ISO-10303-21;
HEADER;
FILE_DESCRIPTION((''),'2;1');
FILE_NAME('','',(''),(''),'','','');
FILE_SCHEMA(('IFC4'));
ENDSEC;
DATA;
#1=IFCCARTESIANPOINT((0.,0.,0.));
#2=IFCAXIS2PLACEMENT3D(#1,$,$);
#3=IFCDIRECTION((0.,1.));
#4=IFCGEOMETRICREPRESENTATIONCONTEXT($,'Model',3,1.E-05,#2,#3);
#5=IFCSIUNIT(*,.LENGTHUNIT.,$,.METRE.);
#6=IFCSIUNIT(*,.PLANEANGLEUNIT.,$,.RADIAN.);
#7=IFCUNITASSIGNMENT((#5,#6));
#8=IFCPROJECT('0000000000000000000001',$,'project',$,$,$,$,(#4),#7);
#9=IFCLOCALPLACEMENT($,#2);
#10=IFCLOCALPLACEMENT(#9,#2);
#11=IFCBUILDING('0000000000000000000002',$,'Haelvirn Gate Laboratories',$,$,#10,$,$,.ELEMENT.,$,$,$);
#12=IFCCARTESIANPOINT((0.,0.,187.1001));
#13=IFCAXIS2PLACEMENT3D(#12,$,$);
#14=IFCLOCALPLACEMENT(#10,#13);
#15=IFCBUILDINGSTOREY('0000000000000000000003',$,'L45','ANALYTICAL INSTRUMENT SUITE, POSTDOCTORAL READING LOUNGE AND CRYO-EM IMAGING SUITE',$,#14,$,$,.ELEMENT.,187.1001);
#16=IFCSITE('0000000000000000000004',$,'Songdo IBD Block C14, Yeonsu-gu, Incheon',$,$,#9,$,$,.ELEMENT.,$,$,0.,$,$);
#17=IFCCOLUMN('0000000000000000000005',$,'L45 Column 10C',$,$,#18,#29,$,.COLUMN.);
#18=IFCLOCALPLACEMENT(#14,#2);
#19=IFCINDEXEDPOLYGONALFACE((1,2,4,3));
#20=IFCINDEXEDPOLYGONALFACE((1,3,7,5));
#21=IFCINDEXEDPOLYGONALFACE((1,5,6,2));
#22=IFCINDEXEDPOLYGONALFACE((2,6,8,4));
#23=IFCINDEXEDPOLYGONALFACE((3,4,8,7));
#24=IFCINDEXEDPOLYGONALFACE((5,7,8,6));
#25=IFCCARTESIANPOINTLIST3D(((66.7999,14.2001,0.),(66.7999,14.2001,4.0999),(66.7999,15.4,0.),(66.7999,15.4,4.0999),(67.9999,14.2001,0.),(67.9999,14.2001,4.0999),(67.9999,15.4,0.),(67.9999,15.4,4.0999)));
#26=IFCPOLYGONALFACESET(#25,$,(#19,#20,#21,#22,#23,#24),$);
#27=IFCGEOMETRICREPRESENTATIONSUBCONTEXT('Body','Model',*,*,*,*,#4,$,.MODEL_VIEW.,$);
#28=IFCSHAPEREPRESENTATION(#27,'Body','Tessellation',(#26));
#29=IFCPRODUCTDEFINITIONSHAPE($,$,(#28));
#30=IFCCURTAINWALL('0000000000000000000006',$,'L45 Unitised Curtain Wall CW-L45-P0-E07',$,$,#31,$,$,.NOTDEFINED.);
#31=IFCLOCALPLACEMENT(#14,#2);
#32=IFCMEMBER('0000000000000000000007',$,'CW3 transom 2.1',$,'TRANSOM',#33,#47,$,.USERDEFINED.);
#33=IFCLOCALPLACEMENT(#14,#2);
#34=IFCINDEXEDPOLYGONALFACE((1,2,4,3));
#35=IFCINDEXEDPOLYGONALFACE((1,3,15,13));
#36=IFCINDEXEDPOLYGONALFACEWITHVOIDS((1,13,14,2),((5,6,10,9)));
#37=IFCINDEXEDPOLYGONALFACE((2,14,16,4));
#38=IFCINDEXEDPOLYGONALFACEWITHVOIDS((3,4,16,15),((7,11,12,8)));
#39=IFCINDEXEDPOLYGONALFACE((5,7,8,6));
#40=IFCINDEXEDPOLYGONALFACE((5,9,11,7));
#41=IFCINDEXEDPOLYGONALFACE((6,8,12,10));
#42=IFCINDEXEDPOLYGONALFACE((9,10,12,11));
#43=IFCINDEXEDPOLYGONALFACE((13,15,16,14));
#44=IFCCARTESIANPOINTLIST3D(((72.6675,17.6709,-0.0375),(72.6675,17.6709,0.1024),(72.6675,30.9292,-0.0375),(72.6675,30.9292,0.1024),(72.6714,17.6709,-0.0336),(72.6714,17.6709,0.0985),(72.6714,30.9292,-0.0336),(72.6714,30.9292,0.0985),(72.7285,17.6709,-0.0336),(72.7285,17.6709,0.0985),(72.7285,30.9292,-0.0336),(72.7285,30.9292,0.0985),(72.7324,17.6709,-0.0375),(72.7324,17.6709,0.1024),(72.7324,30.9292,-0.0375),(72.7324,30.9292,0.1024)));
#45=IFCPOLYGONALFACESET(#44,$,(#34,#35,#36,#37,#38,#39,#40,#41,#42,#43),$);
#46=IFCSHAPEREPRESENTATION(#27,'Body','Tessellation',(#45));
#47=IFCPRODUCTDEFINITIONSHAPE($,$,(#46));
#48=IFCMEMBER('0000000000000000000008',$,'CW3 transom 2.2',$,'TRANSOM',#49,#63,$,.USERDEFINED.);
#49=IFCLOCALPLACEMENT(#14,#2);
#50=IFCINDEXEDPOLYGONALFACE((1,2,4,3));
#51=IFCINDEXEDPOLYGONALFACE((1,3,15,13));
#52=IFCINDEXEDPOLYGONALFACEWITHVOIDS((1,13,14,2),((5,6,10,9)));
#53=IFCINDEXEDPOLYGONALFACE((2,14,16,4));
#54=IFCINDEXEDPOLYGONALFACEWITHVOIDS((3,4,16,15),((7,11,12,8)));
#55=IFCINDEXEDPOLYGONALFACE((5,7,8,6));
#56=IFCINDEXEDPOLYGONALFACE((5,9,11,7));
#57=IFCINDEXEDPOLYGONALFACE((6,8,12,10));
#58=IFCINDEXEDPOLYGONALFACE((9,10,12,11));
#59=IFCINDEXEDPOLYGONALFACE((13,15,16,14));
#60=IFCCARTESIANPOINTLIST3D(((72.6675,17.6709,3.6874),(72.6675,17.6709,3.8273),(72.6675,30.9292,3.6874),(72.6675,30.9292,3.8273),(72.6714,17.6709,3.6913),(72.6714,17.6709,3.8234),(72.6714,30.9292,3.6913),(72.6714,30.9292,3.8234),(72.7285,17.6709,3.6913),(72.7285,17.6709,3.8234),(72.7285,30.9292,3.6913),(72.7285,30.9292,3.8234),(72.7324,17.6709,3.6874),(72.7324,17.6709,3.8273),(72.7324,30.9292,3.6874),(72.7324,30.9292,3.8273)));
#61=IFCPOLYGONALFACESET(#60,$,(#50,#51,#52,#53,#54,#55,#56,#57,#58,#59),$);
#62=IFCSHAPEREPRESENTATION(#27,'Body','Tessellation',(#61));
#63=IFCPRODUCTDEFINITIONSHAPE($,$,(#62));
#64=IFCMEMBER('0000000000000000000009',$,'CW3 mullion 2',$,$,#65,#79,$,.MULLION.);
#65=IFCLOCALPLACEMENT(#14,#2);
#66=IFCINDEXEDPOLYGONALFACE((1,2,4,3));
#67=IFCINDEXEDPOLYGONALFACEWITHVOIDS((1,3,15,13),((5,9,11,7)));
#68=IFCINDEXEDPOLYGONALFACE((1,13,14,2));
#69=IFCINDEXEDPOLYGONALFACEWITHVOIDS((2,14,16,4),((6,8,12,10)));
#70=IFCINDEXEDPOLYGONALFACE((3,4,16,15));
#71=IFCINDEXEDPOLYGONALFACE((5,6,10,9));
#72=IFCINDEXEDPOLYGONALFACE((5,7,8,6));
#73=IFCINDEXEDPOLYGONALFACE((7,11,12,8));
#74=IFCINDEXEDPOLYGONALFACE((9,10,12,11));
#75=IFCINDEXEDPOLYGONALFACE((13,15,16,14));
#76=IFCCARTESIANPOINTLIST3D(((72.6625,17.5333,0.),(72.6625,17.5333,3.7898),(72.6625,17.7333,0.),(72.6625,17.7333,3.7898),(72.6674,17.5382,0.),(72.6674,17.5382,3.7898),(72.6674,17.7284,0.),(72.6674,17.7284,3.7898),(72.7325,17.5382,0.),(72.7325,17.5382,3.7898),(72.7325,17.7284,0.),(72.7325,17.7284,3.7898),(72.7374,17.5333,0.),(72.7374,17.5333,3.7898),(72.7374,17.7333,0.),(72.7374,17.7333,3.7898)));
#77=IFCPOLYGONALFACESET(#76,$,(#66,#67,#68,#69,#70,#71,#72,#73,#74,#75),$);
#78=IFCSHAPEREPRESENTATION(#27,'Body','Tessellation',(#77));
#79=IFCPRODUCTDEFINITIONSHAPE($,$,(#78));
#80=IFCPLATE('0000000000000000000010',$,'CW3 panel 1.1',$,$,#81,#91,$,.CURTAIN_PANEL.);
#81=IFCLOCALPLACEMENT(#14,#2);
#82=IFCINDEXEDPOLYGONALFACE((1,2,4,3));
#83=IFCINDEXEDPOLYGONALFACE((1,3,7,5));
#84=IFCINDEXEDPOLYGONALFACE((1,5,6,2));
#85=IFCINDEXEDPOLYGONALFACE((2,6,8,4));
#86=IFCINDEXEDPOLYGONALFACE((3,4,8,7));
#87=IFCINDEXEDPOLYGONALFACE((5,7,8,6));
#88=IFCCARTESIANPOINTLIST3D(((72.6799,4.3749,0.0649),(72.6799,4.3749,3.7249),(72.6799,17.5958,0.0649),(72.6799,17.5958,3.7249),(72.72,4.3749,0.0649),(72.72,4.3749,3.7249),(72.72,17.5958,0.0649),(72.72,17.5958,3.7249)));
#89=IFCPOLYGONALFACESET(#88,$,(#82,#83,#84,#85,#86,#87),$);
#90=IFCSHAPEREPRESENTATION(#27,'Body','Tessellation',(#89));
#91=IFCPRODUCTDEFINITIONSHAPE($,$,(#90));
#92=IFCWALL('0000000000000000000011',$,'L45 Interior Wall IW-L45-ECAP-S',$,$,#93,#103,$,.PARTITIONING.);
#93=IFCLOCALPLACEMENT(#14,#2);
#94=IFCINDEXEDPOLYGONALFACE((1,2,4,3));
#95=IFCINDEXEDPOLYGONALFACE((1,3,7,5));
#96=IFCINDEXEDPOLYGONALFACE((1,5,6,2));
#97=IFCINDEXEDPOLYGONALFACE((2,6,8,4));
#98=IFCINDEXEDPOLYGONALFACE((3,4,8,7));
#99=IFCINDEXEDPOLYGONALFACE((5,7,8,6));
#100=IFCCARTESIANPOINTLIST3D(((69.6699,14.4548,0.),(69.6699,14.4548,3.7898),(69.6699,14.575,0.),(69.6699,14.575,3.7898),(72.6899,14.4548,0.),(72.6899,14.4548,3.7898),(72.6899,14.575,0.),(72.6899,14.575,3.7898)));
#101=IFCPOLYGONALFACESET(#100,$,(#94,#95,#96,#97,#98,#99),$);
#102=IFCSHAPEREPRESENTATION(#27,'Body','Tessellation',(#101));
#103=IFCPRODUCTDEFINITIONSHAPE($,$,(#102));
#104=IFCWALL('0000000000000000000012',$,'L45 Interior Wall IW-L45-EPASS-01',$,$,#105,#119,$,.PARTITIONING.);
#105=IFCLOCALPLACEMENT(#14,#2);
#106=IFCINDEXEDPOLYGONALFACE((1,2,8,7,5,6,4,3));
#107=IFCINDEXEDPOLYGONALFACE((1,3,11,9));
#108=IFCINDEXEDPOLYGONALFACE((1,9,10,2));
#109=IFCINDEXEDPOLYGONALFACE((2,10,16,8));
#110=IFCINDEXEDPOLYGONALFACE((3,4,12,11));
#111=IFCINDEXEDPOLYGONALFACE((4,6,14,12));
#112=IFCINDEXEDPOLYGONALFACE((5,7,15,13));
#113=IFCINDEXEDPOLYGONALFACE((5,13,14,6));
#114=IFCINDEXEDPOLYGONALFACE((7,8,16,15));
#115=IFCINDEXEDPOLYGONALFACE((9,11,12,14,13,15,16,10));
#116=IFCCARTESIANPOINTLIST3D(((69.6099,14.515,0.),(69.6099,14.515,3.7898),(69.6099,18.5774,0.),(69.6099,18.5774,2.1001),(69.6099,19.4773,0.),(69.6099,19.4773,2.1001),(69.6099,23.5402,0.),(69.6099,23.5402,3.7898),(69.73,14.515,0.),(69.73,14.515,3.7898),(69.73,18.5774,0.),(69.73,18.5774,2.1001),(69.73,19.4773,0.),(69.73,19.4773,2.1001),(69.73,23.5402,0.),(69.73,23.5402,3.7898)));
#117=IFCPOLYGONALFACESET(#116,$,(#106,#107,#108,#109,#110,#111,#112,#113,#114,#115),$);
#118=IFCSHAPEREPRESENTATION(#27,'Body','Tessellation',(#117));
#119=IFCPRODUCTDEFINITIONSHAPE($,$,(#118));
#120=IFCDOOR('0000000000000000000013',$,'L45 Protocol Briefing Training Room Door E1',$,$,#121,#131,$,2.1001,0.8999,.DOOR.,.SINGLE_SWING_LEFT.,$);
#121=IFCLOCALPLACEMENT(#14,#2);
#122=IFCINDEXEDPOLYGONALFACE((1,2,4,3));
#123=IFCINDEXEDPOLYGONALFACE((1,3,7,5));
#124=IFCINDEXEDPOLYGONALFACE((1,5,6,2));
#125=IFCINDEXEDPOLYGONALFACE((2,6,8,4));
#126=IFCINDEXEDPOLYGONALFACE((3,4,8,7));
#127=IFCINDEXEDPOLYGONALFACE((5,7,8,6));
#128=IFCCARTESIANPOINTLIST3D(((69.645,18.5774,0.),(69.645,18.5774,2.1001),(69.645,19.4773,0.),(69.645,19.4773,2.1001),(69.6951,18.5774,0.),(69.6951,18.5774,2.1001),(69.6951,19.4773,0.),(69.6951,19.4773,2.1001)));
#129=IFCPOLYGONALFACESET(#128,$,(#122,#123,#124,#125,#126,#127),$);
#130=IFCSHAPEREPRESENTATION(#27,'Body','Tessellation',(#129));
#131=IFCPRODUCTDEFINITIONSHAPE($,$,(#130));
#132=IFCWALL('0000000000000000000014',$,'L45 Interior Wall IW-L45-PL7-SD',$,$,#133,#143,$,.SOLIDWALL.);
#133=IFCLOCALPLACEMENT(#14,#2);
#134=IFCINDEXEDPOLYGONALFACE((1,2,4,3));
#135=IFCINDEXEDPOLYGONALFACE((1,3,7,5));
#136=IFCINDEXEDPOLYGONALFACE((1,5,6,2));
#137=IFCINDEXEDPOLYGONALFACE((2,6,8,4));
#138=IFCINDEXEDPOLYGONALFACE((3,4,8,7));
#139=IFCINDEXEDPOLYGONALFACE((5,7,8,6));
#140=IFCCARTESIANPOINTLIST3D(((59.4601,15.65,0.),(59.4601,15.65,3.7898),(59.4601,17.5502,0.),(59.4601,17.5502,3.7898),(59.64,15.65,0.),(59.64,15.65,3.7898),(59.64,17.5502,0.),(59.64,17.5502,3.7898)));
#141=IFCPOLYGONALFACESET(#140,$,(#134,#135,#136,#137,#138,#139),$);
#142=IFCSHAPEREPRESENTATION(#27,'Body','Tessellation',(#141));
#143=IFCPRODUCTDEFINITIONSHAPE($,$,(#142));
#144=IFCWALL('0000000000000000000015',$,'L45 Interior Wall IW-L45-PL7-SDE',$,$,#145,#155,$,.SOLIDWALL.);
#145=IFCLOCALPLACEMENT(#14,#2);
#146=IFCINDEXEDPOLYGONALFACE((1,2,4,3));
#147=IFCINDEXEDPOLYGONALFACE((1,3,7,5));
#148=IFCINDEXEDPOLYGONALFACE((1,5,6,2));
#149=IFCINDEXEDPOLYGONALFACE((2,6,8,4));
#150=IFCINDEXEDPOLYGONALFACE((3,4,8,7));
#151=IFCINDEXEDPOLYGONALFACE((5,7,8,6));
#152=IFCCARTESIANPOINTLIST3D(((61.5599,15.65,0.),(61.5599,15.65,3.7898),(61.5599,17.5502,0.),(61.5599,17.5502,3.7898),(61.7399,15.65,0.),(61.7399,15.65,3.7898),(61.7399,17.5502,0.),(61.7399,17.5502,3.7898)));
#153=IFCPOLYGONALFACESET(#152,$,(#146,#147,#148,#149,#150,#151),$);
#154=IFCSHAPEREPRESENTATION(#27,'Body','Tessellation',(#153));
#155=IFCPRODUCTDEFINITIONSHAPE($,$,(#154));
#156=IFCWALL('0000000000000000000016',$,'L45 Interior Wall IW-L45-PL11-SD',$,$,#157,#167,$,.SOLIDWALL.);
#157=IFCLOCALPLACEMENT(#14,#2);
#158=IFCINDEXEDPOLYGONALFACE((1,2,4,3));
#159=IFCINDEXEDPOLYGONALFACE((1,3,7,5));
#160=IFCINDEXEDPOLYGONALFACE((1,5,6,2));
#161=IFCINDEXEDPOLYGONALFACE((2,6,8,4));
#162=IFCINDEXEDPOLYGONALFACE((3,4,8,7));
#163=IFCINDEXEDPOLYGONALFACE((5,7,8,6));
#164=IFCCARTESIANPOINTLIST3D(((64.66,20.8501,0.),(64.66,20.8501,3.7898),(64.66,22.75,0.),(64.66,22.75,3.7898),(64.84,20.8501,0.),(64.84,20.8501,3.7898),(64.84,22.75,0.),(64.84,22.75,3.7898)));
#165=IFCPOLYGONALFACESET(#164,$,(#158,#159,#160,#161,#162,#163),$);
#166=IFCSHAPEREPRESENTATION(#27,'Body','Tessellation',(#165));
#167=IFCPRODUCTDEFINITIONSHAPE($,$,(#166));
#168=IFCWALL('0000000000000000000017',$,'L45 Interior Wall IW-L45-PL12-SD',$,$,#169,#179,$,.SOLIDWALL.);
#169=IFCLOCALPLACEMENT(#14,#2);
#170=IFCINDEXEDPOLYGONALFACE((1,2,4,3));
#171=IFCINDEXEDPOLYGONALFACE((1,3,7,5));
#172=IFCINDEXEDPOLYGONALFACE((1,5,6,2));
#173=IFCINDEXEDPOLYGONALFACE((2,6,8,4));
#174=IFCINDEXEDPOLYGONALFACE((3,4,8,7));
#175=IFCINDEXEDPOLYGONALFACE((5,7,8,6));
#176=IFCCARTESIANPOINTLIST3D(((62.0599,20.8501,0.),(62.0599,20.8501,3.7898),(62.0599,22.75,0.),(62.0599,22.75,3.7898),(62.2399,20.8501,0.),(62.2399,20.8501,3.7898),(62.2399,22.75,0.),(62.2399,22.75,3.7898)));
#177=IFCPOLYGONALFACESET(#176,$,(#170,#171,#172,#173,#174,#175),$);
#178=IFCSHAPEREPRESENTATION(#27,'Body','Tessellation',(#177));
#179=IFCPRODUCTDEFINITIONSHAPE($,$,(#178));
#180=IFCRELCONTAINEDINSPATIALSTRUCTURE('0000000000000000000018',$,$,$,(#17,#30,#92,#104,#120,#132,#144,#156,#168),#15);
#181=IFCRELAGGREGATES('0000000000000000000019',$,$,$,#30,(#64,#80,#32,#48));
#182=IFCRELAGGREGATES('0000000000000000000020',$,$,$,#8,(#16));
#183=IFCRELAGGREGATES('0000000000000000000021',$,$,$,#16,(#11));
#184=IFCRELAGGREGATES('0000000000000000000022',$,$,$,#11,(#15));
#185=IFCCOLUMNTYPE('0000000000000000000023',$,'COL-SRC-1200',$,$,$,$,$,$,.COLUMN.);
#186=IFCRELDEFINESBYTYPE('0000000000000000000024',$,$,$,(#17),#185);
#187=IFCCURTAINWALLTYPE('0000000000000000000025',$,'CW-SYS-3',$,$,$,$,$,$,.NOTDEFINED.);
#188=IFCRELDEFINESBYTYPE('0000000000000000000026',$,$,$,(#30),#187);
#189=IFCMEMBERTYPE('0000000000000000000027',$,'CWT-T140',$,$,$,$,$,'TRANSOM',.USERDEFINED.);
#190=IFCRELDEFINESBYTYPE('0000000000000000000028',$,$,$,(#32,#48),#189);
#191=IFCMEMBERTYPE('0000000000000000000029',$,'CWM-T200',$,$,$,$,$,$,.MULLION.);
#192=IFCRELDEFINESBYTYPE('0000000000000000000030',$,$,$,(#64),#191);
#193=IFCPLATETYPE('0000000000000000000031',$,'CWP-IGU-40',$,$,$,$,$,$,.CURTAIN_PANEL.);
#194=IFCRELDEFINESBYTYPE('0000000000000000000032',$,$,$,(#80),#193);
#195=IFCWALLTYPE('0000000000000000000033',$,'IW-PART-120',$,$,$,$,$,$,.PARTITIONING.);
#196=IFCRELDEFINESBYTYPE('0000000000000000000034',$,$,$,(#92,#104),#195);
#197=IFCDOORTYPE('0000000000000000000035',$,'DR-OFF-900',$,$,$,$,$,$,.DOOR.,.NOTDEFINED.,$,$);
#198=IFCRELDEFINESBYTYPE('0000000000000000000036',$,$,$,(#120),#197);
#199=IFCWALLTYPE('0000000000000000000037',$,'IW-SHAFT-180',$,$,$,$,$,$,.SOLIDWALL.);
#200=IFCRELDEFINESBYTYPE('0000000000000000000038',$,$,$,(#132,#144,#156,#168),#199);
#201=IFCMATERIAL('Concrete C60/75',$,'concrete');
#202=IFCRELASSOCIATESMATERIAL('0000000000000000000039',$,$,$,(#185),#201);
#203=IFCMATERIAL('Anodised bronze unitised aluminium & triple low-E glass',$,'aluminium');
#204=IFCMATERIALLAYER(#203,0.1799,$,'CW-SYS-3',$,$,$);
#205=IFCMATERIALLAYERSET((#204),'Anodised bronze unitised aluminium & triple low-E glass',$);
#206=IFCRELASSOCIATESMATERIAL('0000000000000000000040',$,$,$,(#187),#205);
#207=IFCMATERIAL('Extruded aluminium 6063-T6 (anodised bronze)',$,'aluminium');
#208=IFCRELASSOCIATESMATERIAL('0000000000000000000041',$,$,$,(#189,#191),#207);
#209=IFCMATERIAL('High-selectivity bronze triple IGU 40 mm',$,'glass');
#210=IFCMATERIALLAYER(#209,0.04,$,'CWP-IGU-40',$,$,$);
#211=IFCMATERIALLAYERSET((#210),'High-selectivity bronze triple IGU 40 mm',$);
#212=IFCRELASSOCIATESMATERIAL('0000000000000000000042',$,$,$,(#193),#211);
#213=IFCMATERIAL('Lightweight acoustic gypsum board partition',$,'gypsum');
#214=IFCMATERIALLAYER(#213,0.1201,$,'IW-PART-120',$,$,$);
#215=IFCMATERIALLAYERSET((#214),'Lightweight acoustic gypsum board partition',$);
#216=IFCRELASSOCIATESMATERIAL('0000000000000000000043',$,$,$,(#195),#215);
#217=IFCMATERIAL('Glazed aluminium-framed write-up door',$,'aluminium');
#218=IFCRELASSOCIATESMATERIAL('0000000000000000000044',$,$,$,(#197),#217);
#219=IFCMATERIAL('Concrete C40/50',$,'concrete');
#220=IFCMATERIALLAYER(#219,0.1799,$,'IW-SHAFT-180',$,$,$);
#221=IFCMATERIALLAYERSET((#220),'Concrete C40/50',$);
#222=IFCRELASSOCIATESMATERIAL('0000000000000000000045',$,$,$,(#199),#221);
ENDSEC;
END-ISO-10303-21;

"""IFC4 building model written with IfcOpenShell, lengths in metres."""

from ifc_helpers import new_model, si_unit, direction, frame, frame_2d, origin, origin_2d, place, context, subcontext, project, spatial, rectangle, hollow_rectangle, extrude, source, transform, mapped, material, layer, layer_set, material_profile, profile_set, type_object, type_shapes, element, fill, aggregate, save


model = new_model("IFC4")

# Units and contexts
model_context = context("Model", 3, precision=1e-05, world=origin(), true_north=direction((0.0, 1.0)))
body_context = subcontext(model_context, "Body", "Model", "MODEL_VIEW")
ifc_project = project(units=[si_unit("LENGTHUNIT", "METRE"), si_unit("PLANEANGLEUNIT", "RADIAN")], contexts=[model_context])

# Site, building, storey
site_placement = place(None, origin())
site = spatial("IfcSite", under=ifc_project, at=site_placement, Name="Songdo IBD Block C14, Yeonsu-gu, Incheon", CompositionType="ELEMENT", RefElevation=0.0)
building_placement = place(site_placement, origin())
building = spatial("IfcBuilding", under=site, at=building_placement, Name="Haelvirn Gate Laboratories", CompositionType="ELEMENT")
storey_placement = place(building_placement, frame((0.0, 0.0, 187.1001)))
storey = spatial("IfcBuildingStorey", under=building, at=storey_placement, Name="L45", Description="ANALYTICAL INSTRUMENT SUITE, POSTDOCTORAL READING LOUNGE AND CRYO-EM IMAGING SUITE", CompositionType="ELEMENT", Elevation=187.1001)

# Column
ifc_material_1 = material(Name="Concrete C60/75", Category="concrete")
ifc_material_profile_1 = material_profile(ifc_material_1, rectangle(XDim=1.2, YDim=1.2, at=origin_2d()), Name="SRC-1200x1200")
ifc_profile_set_1 = profile_set([ifc_material_profile_1], Name="Concrete C60/75")
column_type = type_object("IfcColumnType", Name="COL-SRC-1200", PredefinedType="COLUMN", material=ifc_profile_set_1)
shared_shape_1 = source(origin(), body_context, "Body", "SweptSolid", [
    extrude(rectangle(XDim=1.2, YDim=1.2, at=origin_2d()), origin(), (0.0, 0.0, 1.0), 4.0999),
])
type_shapes(column_type, [shared_shape_1])
column_placement = place(storey_placement, frame((67.3999, 14.8, 0.0), z_axis=(0.0, 0.0, 1.0), x_axis=(1.0, 0.0, 0.0)))
element("IfcColumn", 1, at=column_placement, inside=storey, type_object=column_type, Name="L45 Column 10C", PredefinedType="COLUMN", context=body_context, shape_type="MappedRepresentation", body=[
    mapped(shared_shape_1, transform((0.0, 0.0, 0.0), scale=1.0)),
])

# Curtain wall, members, plate
ifc_material_2 = material(Name="Anodised bronze unitised aluminium & triple low-E glass", Category="aluminium")
ifc_layer_1 = layer(ifc_material_2, 0.1799, Name="CW-SYS-3")
ifc_layer_set_1 = layer_set([ifc_layer_1], Name="Anodised bronze unitised aluminium & triple low-E glass")
curtain_wall_type = type_object("IfcCurtainWallType", Name="CW-SYS-3", PredefinedType="NOTDEFINED", material=ifc_layer_set_1)
curtain_wall_placement = place(storey_placement, origin())
curtain_wall = element("IfcCurtainWall", 2, at=curtain_wall_placement, inside=storey, type_object=curtain_wall_type, Name="L45 Unitised Curtain Wall CW-L45-P0-E07", PredefinedType="NOTDEFINED")
ifc_material_3 = material(Name="Extruded aluminium 6063-T6 (anodised bronze)", Category="aluminium")
ifc_material_profile_2 = material_profile(ifc_material_3, hollow_rectangle(XDim=0.0649, YDim=0.1399, WallThickness=0.0039, at=origin_2d()), Name="CWT-140x65x4")
ifc_profile_set_2 = profile_set([ifc_material_profile_2], Name="Extruded aluminium 6063-T6 (anodised bronze)")
member_type_1 = type_object("IfcMemberType", Name="CWT-T140", ElementType="TRANSOM", PredefinedType="USERDEFINED", material=ifc_profile_set_2)
shared_shape_2 = source(origin(), body_context, "Body", "SweptSolid", [
    extrude(hollow_rectangle(XDim=0.0649, YDim=0.1399, WallThickness=0.0039, at=origin_2d()), origin(), (0.0, 0.0, 1.0), 13.2583),
])
type_shapes(member_type_1, [shared_shape_2])
member_1_placement = place(storey_placement, frame((72.7, 17.6709, 0.0325), z_axis=(0.0, 1.0, 0.0), x_axis=(-1.0, 0.0, 0.0)))
member_1 = element("IfcMember", 3, at=member_1_placement, type_object=member_type_1, Name="CW3 transom 2.1", ObjectType="TRANSOM", PredefinedType="USERDEFINED", context=body_context, shape_type="MappedRepresentation", body=[
    mapped(shared_shape_2, transform((0.0, 0.0, 0.0), scale=1.0)),
])
member_2_placement = place(storey_placement, frame((72.7, 17.6709, 3.7573), z_axis=(0.0, 1.0, 0.0), x_axis=(-1.0, 0.0, 0.0)))
member_2 = element("IfcMember", 4, at=member_2_placement, type_object=member_type_1, Name="CW3 transom 2.2", ObjectType="TRANSOM", PredefinedType="USERDEFINED", context=body_context, shape_type="MappedRepresentation", body=[
    mapped(shared_shape_2, transform((0.0, 0.0, 0.0), scale=1.0)),
])
ifc_material_profile_3 = material_profile(ifc_material_3, hollow_rectangle(XDim=0.075, YDim=0.2, WallThickness=0.0049, at=origin_2d()), Name="CWM-200x75x5")
ifc_profile_set_3 = profile_set([ifc_material_profile_3], Name="Extruded aluminium 6063-T6 (anodised bronze)")
member_type_2 = type_object("IfcMemberType", Name="CWM-T200", PredefinedType="MULLION", material=ifc_profile_set_3)
shared_shape_3 = source(origin(), body_context, "Body", "SweptSolid", [
    extrude(hollow_rectangle(XDim=0.075, YDim=0.2, WallThickness=0.0049, at=origin_2d()), origin(), (0.0, 0.0, 1.0), 3.7898),
])
type_shapes(member_type_2, [shared_shape_3])
member_3_placement = place(storey_placement, frame((72.7, 17.6333, 0.0), z_axis=(0.0, 0.0, 1.0), x_axis=(-1.0, 0.0, 0.0)))
member_3 = element("IfcMember", 5, at=member_3_placement, type_object=member_type_2, Name="CW3 mullion 2", PredefinedType="MULLION", context=body_context, shape_type="MappedRepresentation", body=[
    mapped(shared_shape_3, transform((0.0, 0.0, 0.0), scale=1.0)),
])
ifc_material_4 = material(Name="High-selectivity bronze triple IGU 40 mm", Category="glass")
ifc_layer_2 = layer(ifc_material_4, 0.04, Name="CWP-IGU-40")
ifc_layer_set_2 = layer_set([ifc_layer_2], Name="High-selectivity bronze triple IGU 40 mm")
plate_type = type_object("IfcPlateType", Name="CWP-IGU-40", PredefinedType="CURTAIN_PANEL", material=ifc_layer_set_2)
shared_shape_4 = source(origin(), body_context, "Body", "SweptSolid", [
    extrude(rectangle(XDim=13.2209, YDim=0.04, at=origin_2d()), origin(), (0.0, 0.0, 1.0), 3.6599),
])
type_shapes(plate_type, [shared_shape_4])
plate_placement = place(storey_placement, frame((72.7, 10.9854, 0.0649), z_axis=(0.0, 0.0, 1.0), x_axis=(0.0, 1.0, 0.0)))
plate = element("IfcPlate", 6, at=plate_placement, type_object=plate_type, Name="CW3 panel 1.1", PredefinedType="CURTAIN_PANEL", context=body_context, shape_type="MappedRepresentation", body=[
    mapped(shared_shape_4, transform((0.0, 0.0, 0.0), scale=1.0)),
])
aggregate(curtain_wall, [member_3, plate, member_1, member_2])

# Wall
ifc_material_5 = material(Name="Lightweight acoustic gypsum board partition", Category="gypsum")
ifc_layer_3 = layer(ifc_material_5, 0.1201, Name="IW-PART-120")
ifc_layer_set_3 = layer_set([ifc_layer_3], Name="Lightweight acoustic gypsum board partition")
wall_type_1 = type_object("IfcWallType", Name="IW-PART-120", PredefinedType="PARTITIONING", material=ifc_layer_set_3)
wall_1_placement = place(storey_placement, frame((69.6699, 14.5149, 0.0), z_axis=(0.0, 0.0, 1.0), x_axis=(1.0, 0.0, 0.0)))
element("IfcWall", 7, at=wall_1_placement, inside=storey, type_object=wall_type_1, Name="L45 Interior Wall IW-L45-ECAP-S", PredefinedType="PARTITIONING", context=body_context, shape_type="SweptSolid", body=[
    extrude(rectangle(XDim=3.02, YDim=0.1201, at=frame_2d((1.51, 0.0))), origin(), (0.0, 0.0, 1.0), 3.7898),
])

# Wall, opening, door
wall_2_placement = place(storey_placement, frame((69.6699, 14.5149, 0.0), z_axis=(0.0, 0.0, 1.0), x_axis=(0.0, 1.0, 0.0)))
wall_2 = element("IfcWall", 8, at=wall_2_placement, inside=storey, type_object=wall_type_1, Name="L45 Interior Wall IW-L45-EPASS-01", PredefinedType="PARTITIONING", context=body_context, shape_type="SweptSolid", body=[
    extrude(rectangle(XDim=9.0251, YDim=0.1201, at=frame_2d((4.5127, 0.0))), origin(), (0.0, 0.0, 1.0), 3.7898),
])
opening_1_placement = place(wall_2_placement, frame((4.0625, 0.0, 0.0)))
opening_1 = element("IfcOpeningElement", 9, at=opening_1_placement, cuts=wall_2, PredefinedType="OPENING", context=body_context, shape_type="SweptSolid", body=[
    extrude(rectangle(XDim=0.8999, YDim=2.1001, at=frame_2d((0.45, 1.05))), frame((0.0, 0.0701, 0.0), z_axis=(0.0, -1.0, 0.0), x_axis=(1.0, 0.0, 0.0)), (0.0, 0.0, 1.0), 0.1401),
])
ifc_material_6 = material(Name="Glazed aluminium-framed write-up door", Category="aluminium")
door_type_1 = type_object("IfcDoorType", Name="DR-OFF-900", OperationType="NOTDEFINED", PredefinedType="DOOR", material=ifc_material_6)
shared_shape_5 = source(origin(), body_context, "Body", "SweptSolid", [
    extrude(rectangle(XDim=0.8999, YDim=2.1001, at=frame_2d((0.45, 1.05))), frame((0.0, 0.0249, 0.0), z_axis=(0.0, -1.0, 0.0), x_axis=(1.0, 0.0, 0.0)), (0.0, 0.0, 1.0), 0.05),
])
type_shapes(door_type_1, [shared_shape_5])
door_1_placement = place(opening_1_placement, origin())
door_1 = element("IfcDoor", 10, at=door_1_placement, inside=storey, type_object=door_type_1, Name="L45 Protocol Briefing Training Room Door E1", OperationType="SINGLE_SWING_LEFT", OverallHeight=2.1001, OverallWidth=0.8999, PredefinedType="DOOR", context=body_context, shape_type="MappedRepresentation", body=[
    mapped(shared_shape_5, transform((0.0, 0.0, 0.0), scale=1.0)),
])
fill(opening_1, door_1)

# Walls
ifc_material_7 = material(Name="Concrete C40/50", Category="concrete")
ifc_layer_4 = layer(ifc_material_7, 0.1799, Name="IW-SHAFT-180")
ifc_layer_set_4 = layer_set([ifc_layer_4], Name="Concrete C40/50")
wall_type_2 = type_object("IfcWallType", Name="IW-SHAFT-180", PredefinedType="SOLIDWALL", material=ifc_layer_set_4)
for number, where, z_axis, x_axis, name in (
    (11, (59.55, 15.6499, 0.0), (0.0, 0.0, 1.0), (0.0, 1.0, 0.0), "L45 Interior Wall IW-L45-PL7-SD"),
    (12, (61.6499, 15.6499, 0.0), (0.0, 0.0, 1.0), (0.0, 1.0, 0.0), "L45 Interior Wall IW-L45-PL7-SDE"),
):
    element("IfcWall", number, at=place(storey_placement, frame(where, z_axis=z_axis, x_axis=x_axis)), inside=storey, type_object=wall_type_2, Name=name, PredefinedType="SOLIDWALL", context=body_context, shape_type="SweptSolid", body=[
        extrude(rectangle(XDim=1.9001, YDim=0.1799, at=frame_2d((0.9502, 0.0))), origin(), (0.0, 0.0, 1.0), 3.7898),
    ])
for number, where, z_axis, x_axis, name in (
    (13, (64.75, 20.8501, 0.0), (0.0, 0.0, 1.0), (0.0, 1.0, 0.0), "L45 Interior Wall IW-L45-PL11-SD"),
    (14, (62.1499, 20.8501, 0.0), (0.0, 0.0, 1.0), (0.0, 1.0, 0.0), "L45 Interior Wall IW-L45-PL12-SD"),
):
    element("IfcWall", number, at=place(storey_placement, frame(where, z_axis=z_axis, x_axis=x_axis)), inside=storey, type_object=wall_type_2, Name=name, PredefinedType="SOLIDWALL", context=body_context, shape_type="SweptSolid", body=[
        extrude(rectangle(XDim=1.8999, YDim=0.1799, at=frame_2d((0.95, 0.0))), origin(), (0.0, 0.0, 1.0), 3.7898),
    ])

save(model, "model.ifc")
